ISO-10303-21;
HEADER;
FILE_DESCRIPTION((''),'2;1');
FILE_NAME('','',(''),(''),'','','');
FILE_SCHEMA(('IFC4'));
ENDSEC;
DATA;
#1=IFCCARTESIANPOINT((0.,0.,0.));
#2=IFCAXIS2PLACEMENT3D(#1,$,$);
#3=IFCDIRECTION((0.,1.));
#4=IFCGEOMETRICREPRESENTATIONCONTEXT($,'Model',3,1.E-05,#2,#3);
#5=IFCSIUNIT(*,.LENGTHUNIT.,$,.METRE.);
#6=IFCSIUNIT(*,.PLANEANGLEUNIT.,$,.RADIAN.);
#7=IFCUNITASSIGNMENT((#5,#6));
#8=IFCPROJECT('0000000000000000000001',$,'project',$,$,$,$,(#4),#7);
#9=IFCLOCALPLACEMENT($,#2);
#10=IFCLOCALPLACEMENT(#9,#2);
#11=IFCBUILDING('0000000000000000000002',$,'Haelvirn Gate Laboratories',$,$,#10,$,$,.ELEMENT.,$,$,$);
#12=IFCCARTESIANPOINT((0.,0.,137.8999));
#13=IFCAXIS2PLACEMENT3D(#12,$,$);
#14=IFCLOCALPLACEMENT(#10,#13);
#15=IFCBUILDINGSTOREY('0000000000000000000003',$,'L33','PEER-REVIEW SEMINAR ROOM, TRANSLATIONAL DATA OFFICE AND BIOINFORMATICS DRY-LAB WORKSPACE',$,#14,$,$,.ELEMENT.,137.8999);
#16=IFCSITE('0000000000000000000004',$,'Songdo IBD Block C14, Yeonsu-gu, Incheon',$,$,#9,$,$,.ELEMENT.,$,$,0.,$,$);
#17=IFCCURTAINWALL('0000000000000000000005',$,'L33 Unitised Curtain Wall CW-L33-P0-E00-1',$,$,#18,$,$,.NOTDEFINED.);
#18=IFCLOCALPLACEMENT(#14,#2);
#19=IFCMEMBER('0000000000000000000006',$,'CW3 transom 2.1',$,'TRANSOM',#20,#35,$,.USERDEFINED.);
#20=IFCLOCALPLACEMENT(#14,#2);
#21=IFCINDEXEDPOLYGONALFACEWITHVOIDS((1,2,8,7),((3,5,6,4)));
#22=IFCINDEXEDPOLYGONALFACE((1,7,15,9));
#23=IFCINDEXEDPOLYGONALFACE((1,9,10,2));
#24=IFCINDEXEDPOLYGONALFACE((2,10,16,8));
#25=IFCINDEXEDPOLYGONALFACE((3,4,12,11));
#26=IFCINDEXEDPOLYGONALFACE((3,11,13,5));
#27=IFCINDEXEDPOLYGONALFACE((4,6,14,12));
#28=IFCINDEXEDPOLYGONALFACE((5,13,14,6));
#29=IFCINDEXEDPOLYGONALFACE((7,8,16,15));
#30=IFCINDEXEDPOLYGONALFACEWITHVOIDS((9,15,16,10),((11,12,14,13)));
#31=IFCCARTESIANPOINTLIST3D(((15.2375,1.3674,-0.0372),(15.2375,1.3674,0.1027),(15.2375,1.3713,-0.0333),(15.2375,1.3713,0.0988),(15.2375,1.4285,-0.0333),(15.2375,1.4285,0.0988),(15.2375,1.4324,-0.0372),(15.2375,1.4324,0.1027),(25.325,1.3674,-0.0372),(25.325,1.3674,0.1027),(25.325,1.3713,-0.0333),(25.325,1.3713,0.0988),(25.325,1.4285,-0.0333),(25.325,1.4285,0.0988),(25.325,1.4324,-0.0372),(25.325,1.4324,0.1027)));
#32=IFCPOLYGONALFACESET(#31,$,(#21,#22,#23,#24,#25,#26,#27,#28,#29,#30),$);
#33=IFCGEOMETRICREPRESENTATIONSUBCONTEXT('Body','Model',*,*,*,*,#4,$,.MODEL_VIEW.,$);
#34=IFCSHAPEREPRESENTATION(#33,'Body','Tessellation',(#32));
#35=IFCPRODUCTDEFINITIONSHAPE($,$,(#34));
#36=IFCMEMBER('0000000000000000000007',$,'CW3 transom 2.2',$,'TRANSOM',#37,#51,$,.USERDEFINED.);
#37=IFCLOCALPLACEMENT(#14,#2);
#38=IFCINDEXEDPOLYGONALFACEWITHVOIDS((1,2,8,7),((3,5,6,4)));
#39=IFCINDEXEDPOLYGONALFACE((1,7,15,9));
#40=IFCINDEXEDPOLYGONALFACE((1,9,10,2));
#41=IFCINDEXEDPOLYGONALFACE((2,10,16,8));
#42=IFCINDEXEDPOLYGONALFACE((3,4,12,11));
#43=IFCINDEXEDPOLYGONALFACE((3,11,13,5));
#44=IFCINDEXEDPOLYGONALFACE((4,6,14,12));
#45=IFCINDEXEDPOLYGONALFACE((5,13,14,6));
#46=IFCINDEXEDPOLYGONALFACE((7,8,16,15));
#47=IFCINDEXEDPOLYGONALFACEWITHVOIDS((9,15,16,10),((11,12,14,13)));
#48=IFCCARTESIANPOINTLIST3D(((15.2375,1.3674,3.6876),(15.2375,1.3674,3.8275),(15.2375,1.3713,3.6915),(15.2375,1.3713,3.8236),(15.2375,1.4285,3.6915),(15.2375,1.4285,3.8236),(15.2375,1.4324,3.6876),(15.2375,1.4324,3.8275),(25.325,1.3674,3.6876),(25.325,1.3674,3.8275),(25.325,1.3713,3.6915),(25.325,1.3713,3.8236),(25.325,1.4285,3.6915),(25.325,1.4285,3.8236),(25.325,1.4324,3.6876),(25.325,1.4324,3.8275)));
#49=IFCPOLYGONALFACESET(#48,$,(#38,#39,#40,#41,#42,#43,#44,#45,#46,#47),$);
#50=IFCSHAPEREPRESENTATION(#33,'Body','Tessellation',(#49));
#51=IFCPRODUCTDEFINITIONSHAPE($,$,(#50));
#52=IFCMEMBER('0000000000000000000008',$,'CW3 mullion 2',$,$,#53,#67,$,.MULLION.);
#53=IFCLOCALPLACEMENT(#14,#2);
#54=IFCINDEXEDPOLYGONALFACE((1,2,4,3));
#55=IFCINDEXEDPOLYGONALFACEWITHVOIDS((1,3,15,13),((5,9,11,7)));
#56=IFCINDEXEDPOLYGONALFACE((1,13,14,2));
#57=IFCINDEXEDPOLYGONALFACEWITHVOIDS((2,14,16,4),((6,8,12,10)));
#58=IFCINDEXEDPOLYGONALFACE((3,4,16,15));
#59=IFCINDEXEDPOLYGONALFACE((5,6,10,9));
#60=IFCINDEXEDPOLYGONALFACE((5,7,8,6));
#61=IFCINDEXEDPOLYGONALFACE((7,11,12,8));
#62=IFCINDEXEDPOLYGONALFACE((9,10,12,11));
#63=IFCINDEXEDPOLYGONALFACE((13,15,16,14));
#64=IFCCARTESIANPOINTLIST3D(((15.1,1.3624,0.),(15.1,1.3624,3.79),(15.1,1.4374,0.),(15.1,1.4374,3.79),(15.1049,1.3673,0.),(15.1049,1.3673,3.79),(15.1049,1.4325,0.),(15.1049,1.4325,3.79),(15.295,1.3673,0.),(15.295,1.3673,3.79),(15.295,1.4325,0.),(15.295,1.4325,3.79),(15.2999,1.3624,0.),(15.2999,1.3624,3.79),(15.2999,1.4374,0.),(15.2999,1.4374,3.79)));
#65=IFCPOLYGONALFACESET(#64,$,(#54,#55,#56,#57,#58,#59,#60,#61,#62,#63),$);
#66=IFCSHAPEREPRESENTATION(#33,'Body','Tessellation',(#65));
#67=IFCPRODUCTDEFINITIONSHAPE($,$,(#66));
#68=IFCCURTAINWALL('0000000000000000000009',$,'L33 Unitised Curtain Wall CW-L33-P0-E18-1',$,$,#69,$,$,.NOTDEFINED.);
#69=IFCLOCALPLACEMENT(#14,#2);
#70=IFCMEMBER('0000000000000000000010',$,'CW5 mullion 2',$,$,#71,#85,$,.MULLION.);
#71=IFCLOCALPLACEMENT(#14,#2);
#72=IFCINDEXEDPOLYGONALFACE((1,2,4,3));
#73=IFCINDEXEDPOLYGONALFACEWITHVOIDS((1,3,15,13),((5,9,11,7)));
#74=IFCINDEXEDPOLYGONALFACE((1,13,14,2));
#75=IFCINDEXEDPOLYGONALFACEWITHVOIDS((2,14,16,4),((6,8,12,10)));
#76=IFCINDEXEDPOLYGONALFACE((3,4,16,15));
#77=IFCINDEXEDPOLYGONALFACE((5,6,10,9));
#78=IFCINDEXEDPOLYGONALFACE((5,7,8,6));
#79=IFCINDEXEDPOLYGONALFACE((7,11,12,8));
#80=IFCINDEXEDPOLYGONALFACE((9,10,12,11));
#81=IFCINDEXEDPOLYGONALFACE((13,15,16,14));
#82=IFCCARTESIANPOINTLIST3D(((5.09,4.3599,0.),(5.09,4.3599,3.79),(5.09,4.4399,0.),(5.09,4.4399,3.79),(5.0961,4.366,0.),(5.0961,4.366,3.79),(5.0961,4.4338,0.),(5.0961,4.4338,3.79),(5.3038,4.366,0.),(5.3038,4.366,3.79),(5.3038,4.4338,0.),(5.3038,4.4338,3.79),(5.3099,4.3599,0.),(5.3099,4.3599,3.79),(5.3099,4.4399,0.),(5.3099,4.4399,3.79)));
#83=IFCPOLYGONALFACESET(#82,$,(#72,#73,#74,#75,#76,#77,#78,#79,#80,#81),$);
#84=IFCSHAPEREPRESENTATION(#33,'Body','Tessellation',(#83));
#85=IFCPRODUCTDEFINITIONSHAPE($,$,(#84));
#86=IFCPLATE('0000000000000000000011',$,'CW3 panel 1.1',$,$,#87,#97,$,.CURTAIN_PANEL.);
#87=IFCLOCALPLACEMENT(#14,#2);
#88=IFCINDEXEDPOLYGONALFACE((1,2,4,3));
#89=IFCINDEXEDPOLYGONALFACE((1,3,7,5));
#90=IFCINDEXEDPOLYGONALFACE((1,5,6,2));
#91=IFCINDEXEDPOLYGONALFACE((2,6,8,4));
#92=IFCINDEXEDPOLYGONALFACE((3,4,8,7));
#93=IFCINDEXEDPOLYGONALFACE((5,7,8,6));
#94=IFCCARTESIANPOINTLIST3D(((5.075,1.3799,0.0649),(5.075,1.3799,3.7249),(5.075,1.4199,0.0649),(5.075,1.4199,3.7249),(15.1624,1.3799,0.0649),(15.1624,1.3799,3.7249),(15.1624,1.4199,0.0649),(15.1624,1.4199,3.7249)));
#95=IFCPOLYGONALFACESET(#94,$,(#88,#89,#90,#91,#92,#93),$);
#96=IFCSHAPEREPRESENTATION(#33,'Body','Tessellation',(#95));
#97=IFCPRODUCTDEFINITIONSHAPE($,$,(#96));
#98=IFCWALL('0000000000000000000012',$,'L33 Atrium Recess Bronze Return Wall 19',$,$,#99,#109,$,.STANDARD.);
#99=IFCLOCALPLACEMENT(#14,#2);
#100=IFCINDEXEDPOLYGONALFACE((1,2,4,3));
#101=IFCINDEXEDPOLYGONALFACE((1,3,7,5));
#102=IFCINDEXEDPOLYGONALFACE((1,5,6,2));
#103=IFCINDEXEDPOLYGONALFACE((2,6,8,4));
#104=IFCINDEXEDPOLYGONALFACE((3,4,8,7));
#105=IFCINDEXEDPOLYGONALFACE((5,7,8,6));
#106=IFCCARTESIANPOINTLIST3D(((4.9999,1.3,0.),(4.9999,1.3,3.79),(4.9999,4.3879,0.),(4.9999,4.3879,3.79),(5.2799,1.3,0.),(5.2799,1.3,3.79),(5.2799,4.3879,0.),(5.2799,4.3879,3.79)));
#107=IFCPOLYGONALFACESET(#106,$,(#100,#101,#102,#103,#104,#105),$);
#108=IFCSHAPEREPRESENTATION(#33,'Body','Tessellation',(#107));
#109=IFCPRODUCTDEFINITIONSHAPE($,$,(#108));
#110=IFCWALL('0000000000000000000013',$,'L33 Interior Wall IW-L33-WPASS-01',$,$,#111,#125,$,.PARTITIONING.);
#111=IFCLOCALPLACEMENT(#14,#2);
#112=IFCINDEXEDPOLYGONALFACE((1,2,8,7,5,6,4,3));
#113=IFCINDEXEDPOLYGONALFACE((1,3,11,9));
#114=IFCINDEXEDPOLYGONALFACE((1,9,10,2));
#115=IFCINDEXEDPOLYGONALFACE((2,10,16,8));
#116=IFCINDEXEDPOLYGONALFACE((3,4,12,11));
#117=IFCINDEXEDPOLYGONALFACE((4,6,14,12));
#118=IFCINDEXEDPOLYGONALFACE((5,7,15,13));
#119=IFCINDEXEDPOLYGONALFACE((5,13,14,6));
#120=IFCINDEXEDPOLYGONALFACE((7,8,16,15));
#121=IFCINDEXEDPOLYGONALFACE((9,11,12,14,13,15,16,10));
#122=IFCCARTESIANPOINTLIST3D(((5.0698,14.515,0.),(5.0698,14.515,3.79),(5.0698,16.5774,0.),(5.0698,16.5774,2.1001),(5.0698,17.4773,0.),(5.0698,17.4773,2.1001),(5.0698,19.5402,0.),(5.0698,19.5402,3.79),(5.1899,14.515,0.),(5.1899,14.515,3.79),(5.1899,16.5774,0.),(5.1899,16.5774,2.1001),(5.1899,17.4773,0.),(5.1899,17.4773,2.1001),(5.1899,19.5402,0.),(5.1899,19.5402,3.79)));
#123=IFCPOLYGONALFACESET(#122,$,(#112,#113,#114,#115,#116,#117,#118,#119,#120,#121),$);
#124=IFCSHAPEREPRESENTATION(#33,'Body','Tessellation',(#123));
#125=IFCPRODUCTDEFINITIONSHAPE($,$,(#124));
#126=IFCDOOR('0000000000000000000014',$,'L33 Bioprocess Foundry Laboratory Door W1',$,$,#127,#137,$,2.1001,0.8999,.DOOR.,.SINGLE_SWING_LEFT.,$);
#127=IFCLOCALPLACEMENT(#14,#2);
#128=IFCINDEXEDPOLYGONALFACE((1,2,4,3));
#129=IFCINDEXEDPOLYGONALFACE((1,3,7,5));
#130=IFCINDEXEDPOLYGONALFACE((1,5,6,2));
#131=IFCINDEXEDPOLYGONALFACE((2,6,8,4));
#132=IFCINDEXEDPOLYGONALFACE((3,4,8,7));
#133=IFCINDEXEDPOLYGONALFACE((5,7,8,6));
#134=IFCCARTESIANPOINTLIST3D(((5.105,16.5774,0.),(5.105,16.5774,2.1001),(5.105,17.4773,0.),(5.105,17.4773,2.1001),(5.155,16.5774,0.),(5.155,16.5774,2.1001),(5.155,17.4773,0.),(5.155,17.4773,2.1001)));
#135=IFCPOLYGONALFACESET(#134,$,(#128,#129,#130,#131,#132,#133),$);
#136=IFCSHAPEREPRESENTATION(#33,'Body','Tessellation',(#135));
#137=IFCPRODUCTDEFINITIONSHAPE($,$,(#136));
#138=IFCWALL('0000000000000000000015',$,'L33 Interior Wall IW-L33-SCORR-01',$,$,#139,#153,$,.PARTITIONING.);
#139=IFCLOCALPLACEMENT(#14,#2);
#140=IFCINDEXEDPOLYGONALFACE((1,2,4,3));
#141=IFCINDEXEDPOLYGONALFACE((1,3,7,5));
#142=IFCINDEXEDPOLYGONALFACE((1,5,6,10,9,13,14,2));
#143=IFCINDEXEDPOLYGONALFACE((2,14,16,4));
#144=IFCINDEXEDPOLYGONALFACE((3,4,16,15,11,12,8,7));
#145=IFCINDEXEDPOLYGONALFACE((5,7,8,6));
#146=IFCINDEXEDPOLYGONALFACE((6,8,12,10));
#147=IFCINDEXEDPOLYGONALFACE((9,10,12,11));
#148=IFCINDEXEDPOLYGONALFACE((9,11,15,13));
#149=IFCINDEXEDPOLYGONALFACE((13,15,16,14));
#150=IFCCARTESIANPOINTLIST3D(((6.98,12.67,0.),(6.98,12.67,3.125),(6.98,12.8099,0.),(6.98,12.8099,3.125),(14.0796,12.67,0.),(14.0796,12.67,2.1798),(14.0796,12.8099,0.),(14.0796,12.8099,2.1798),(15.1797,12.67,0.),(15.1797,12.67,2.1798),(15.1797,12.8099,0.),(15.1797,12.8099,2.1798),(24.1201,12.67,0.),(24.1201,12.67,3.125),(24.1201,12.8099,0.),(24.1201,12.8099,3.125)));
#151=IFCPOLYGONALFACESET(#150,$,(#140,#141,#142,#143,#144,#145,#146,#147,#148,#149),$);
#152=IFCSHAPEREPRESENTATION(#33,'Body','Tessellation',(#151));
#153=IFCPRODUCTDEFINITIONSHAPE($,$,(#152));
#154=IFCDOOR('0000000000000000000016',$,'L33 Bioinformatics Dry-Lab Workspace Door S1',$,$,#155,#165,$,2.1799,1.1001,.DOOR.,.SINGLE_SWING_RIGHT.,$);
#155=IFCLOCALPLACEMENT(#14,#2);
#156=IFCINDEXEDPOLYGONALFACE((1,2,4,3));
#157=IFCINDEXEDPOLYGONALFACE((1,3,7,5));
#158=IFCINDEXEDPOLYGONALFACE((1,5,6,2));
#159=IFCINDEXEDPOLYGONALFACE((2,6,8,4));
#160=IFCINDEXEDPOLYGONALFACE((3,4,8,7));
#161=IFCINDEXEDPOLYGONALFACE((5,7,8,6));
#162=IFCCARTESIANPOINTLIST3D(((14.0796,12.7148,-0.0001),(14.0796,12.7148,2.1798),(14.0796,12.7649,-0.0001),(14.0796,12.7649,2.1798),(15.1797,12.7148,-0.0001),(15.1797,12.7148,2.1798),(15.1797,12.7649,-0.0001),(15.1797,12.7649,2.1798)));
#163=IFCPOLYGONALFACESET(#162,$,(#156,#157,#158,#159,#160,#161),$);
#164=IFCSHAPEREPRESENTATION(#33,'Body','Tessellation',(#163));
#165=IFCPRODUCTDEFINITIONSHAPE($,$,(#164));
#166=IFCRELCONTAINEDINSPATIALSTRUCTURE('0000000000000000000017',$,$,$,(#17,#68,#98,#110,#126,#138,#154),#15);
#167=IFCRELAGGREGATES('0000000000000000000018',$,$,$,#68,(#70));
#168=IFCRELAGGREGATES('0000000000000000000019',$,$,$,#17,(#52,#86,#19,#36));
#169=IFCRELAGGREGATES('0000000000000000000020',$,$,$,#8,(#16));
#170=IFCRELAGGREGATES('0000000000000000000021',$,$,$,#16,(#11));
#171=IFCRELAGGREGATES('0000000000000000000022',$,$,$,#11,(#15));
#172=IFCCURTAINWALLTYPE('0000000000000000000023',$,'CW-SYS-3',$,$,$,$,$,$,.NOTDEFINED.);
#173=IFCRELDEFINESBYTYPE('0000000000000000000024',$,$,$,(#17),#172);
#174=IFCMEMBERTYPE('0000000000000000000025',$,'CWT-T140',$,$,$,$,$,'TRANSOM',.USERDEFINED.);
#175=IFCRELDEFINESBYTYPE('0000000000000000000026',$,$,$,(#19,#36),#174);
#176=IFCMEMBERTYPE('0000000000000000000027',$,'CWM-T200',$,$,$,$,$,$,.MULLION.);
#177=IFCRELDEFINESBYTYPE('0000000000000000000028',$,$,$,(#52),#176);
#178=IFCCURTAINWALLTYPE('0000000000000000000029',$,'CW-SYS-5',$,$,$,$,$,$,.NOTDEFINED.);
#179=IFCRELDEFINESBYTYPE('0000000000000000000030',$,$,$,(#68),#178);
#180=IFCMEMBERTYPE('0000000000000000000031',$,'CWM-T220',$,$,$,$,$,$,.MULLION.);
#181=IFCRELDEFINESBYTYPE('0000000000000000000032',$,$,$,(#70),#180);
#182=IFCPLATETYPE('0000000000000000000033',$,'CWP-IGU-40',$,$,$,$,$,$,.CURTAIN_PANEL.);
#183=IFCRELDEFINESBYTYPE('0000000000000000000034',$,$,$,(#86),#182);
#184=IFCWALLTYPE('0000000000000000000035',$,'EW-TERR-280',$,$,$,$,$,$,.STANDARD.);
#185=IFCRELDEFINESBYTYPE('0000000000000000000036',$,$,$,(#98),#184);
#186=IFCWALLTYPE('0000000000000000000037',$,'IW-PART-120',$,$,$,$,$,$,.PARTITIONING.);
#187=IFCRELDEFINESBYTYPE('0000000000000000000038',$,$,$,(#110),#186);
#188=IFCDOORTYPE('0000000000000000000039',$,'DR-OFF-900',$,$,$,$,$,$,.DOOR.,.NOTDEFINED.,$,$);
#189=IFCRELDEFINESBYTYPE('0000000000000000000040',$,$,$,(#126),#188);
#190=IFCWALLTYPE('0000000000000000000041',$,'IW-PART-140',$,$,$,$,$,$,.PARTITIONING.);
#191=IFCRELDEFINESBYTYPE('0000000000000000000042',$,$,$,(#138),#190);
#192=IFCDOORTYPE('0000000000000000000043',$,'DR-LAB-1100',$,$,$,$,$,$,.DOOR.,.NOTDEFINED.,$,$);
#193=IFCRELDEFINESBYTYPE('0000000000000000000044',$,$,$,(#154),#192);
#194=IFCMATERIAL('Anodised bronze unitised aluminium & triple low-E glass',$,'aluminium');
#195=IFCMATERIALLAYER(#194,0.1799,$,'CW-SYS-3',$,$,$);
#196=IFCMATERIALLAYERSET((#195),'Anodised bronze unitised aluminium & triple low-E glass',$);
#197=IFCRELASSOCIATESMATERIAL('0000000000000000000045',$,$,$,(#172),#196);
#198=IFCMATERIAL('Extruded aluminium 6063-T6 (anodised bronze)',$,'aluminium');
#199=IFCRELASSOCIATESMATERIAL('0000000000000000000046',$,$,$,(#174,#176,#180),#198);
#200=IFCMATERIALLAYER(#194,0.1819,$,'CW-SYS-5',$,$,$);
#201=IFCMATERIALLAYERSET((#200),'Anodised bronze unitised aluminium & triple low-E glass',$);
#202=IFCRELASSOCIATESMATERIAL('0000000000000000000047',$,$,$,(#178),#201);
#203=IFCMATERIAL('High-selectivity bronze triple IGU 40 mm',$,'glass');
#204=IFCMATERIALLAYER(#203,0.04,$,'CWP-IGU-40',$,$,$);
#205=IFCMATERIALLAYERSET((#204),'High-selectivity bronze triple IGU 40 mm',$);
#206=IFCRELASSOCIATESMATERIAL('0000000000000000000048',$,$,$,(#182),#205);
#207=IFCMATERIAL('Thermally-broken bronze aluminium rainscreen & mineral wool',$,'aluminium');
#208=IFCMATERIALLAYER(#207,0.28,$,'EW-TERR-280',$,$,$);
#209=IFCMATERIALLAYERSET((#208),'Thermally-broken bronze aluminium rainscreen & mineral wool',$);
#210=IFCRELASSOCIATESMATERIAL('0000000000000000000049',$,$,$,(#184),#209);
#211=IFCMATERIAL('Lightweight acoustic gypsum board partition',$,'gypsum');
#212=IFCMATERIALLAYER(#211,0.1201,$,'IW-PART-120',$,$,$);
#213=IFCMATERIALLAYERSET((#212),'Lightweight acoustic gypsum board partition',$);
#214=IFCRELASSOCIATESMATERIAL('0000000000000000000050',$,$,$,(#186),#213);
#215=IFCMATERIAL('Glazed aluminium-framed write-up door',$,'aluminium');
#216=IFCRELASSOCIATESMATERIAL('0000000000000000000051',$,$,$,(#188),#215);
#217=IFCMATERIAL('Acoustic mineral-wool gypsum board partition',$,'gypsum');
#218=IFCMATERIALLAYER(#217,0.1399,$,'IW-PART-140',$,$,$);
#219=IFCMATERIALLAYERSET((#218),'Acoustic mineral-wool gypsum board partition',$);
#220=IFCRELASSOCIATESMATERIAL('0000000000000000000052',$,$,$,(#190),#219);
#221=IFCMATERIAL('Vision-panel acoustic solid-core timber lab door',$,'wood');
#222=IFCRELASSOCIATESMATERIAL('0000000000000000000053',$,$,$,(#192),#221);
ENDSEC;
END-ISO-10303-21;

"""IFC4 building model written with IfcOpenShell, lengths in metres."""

from ifc_helpers import new_model, si_unit, direction, frame, frame_2d, origin, origin_2d, place, context, subcontext, project, spatial, rectangle, hollow_rectangle, extrude, source, transform, mapped, material, layer, layer_set, material_profile, profile_set, type_object, type_shapes, element, fill, aggregate, save


model = new_model("IFC4")

# Units and contexts
model_context = context("Model", 3, precision=1e-05, world=origin(), true_north=direction((0.0, 1.0)))
body_context = subcontext(model_context, "Body", "Model", "MODEL_VIEW")
ifc_project = project(units=[si_unit("LENGTHUNIT", "METRE"), si_unit("PLANEANGLEUNIT", "RADIAN")], contexts=[model_context])

# Site, building, storey
site_placement = place(None, origin())
site = spatial("IfcSite", under=ifc_project, at=site_placement, Name="Songdo IBD Block C14, Yeonsu-gu, Incheon", CompositionType="ELEMENT", RefElevation=0.0)
building_placement = place(site_placement, origin())
building = spatial("IfcBuilding", under=site, at=building_placement, Name="Haelvirn Gate Laboratories", CompositionType="ELEMENT")
storey_placement = place(building_placement, frame((0.0, 0.0, 137.8999)))
storey = spatial("IfcBuildingStorey", under=building, at=storey_placement, Name="L33", Description="PEER-REVIEW SEMINAR ROOM, TRANSLATIONAL DATA OFFICE AND BIOINFORMATICS DRY-LAB WORKSPACE", CompositionType="ELEMENT", Elevation=137.8999)

# Curtain wall, members
ifc_material_1 = material(Name="Anodised bronze unitised aluminium & triple low-E glass", Category="aluminium")
ifc_layer_1 = layer(ifc_material_1, 0.1799, Name="CW-SYS-3")
ifc_layer_set_1 = layer_set([ifc_layer_1], Name="Anodised bronze unitised aluminium & triple low-E glass")
curtain_wall_type_1 = type_object("IfcCurtainWallType", Name="CW-SYS-3", PredefinedType="NOTDEFINED", material=ifc_layer_set_1)
curtain_wall_1_placement = place(storey_placement, origin())
curtain_wall_1 = element("IfcCurtainWall", 1, at=curtain_wall_1_placement, inside=storey, type_object=curtain_wall_type_1, Name="L33 Unitised Curtain Wall CW-L33-P0-E00-1", PredefinedType="NOTDEFINED")
ifc_material_2 = material(Name="Extruded aluminium 6063-T6 (anodised bronze)", Category="aluminium")
ifc_material_profile_1 = material_profile(ifc_material_2, hollow_rectangle(XDim=0.0649, YDim=0.1399, WallThickness=0.0039, at=origin_2d()), Name="CWT-140x65x4")
ifc_profile_set_1 = profile_set([ifc_material_profile_1], Name="Extruded aluminium 6063-T6 (anodised bronze)")
member_type_1 = type_object("IfcMemberType", Name="CWT-T140", ElementType="TRANSOM", PredefinedType="USERDEFINED", material=ifc_profile_set_1)
shared_shape_1 = source(origin(), body_context, "Body", "SweptSolid", [
    extrude(hollow_rectangle(XDim=0.0649, YDim=0.1399, WallThickness=0.0039, at=origin_2d()), origin(), (0.0, 0.0, 1.0), 10.0874),
])
type_shapes(member_type_1, [shared_shape_1])
member_1_placement = place(storey_placement, frame((15.2375, 1.3999, 0.0327), z_axis=(1.0, 0.0, 0.0), x_axis=(0.0, 1.0, 0.0)))
member_1 = element("IfcMember", 2, at=member_1_placement, type_object=member_type_1, Name="CW3 transom 2.1", ObjectType="TRANSOM", PredefinedType="USERDEFINED", context=body_context, shape_type="MappedRepresentation", body=[
    mapped(shared_shape_1, transform((0.0, 0.0, 0.0), scale=1.0)),
])
member_2_placement = place(storey_placement, frame((15.2375, 1.3999, 3.7576), z_axis=(1.0, 0.0, 0.0), x_axis=(0.0, 1.0, 0.0)))
member_2 = element("IfcMember", 3, at=member_2_placement, type_object=member_type_1, Name="CW3 transom 2.2", ObjectType="TRANSOM", PredefinedType="USERDEFINED", context=body_context, shape_type="MappedRepresentation", body=[
    mapped(shared_shape_1, transform((0.0, 0.0, 0.0), scale=1.0)),
])
ifc_material_profile_2 = material_profile(ifc_material_2, hollow_rectangle(XDim=0.075, YDim=0.2, WallThickness=0.0049, at=origin_2d()), Name="CWM-200x75x5")
ifc_profile_set_2 = profile_set([ifc_material_profile_2], Name="Extruded aluminium 6063-T6 (anodised bronze)")
member_type_2 = type_object("IfcMemberType", Name="CWM-T200", PredefinedType="MULLION", material=ifc_profile_set_2)
shared_shape_2 = source(origin(), body_context, "Body", "SweptSolid", [
    extrude(hollow_rectangle(XDim=0.075, YDim=0.2, WallThickness=0.0049, at=origin_2d()), origin(), (0.0, 0.0, 1.0), 3.79),
])
type_shapes(member_type_2, [shared_shape_2])
member_3_placement = place(storey_placement, frame((15.2, 1.3999, 0.0), z_axis=(0.0, 0.0, 1.0), x_axis=(0.0, 1.0, 0.0)))
member_3 = element("IfcMember", 4, at=member_3_placement, type_object=member_type_2, Name="CW3 mullion 2", PredefinedType="MULLION", context=body_context, shape_type="MappedRepresentation", body=[
    mapped(shared_shape_2, transform((0.0, 0.0, 0.0), scale=1.0)),
])

# Curtain wall, member
ifc_layer_2 = layer(ifc_material_1, 0.1819, Name="CW-SYS-5")
ifc_layer_set_2 = layer_set([ifc_layer_2], Name="Anodised bronze unitised aluminium & triple low-E glass")
curtain_wall_type_2 = type_object("IfcCurtainWallType", Name="CW-SYS-5", PredefinedType="NOTDEFINED", material=ifc_layer_set_2)
curtain_wall_2_placement = place(storey_placement, origin())
curtain_wall_2 = element("IfcCurtainWall", 5, at=curtain_wall_2_placement, inside=storey, type_object=curtain_wall_type_2, Name="L33 Unitised Curtain Wall CW-L33-P0-E18-1", PredefinedType="NOTDEFINED")
ifc_material_profile_3 = material_profile(ifc_material_2, hollow_rectangle(XDim=0.0801, YDim=0.22, WallThickness=0.0061, at=origin_2d()), Name="CWM-220x80x6")
ifc_profile_set_3 = profile_set([ifc_material_profile_3], Name="Extruded aluminium 6063-T6 (anodised bronze)")
member_type_3 = type_object("IfcMemberType", Name="CWM-T220", PredefinedType="MULLION", material=ifc_profile_set_3)
shared_shape_3 = source(origin(), body_context, "Body", "SweptSolid", [
    extrude(hollow_rectangle(XDim=0.0801, YDim=0.22, WallThickness=0.0061, at=origin_2d()), origin(), (0.0, 0.0, 1.0), 3.79),
])
type_shapes(member_type_3, [shared_shape_3])
member_4_placement = place(storey_placement, frame((5.2, 4.3999, 0.0), z_axis=(0.0, 0.0, 1.0), x_axis=(0.0, 1.0, 0.0)))
member_4 = element("IfcMember", 6, at=member_4_placement, type_object=member_type_3, Name="CW5 mullion 2", PredefinedType="MULLION", context=body_context, shape_type="MappedRepresentation", body=[
    mapped(shared_shape_3, transform((0.0, 0.0, 0.0), scale=1.0)),
])
aggregate(curtain_wall_2, [member_4])

# Plate
ifc_material_3 = material(Name="High-selectivity bronze triple IGU 40 mm", Category="glass")
ifc_layer_3 = layer(ifc_material_3, 0.04, Name="CWP-IGU-40")
ifc_layer_set_3 = layer_set([ifc_layer_3], Name="High-selectivity bronze triple IGU 40 mm")
plate_type = type_object("IfcPlateType", Name="CWP-IGU-40", PredefinedType="CURTAIN_PANEL", material=ifc_layer_set_3)
shared_shape_4 = source(origin(), body_context, "Body", "SweptSolid", [
    extrude(rectangle(XDim=10.0874, YDim=0.04, at=origin_2d()), origin(), (0.0, 0.0, 1.0), 3.6599),
])
type_shapes(plate_type, [shared_shape_4])
plate_placement = place(storey_placement, frame((10.1187, 1.3999, 0.0649), z_axis=(0.0, 0.0, 1.0), x_axis=(1.0, 0.0, 0.0)))
plate = element("IfcPlate", 7, at=plate_placement, type_object=plate_type, Name="CW3 panel 1.1", PredefinedType="CURTAIN_PANEL", context=body_context, shape_type="MappedRepresentation", body=[
    mapped(shared_shape_4, transform((0.0, 0.0, 0.0), scale=1.0)),
])
aggregate(curtain_wall_1, [member_3, plate, member_1, member_2])

# Wall
ifc_material_4 = material(Name="Thermally-broken bronze aluminium rainscreen & mineral wool", Category="aluminium")
ifc_layer_4 = layer(ifc_material_4, 0.28, Name="EW-TERR-280")
ifc_layer_set_4 = layer_set([ifc_layer_4], Name="Thermally-broken bronze aluminium rainscreen & mineral wool")
wall_type_1 = type_object("IfcWallType", Name="EW-TERR-280", PredefinedType="STANDARD", material=ifc_layer_set_4)
wall_1_placement = place(storey_placement, frame((5.1399, 4.3879, 0.0), z_axis=(0.0, 0.0, 1.0), x_axis=(0.0, -1.0, 0.0)))
element("IfcWall", 8, at=wall_1_placement, inside=storey, type_object=wall_type_1, Name="L33 Atrium Recess Bronze Return Wall 19", PredefinedType="STANDARD", context=body_context, shape_type="SweptSolid", body=[
    extrude(rectangle(XDim=3.0879, YDim=0.28, at=frame_2d((1.5439, 0.0))), origin(), (0.0, 0.0, 1.0), 3.79),
])

# Walls, openings, doors
ifc_material_5 = material(Name="Lightweight acoustic gypsum board partition", Category="gypsum")
ifc_layer_5 = layer(ifc_material_5, 0.1201, Name="IW-PART-120")
ifc_layer_set_5 = layer_set([ifc_layer_5], Name="Lightweight acoustic gypsum board partition")
wall_type_2 = type_object("IfcWallType", Name="IW-PART-120", PredefinedType="PARTITIONING", material=ifc_layer_set_5)
wall_2_placement = place(storey_placement, frame((5.1299, 14.5149, 0.0), z_axis=(0.0, 0.0, 1.0), x_axis=(0.0, 1.0, 0.0)))
wall_2 = element("IfcWall", 9, at=wall_2_placement, inside=storey, type_object=wall_type_2, Name="L33 Interior Wall IW-L33-WPASS-01", PredefinedType="PARTITIONING", context=body_context, shape_type="SweptSolid", body=[
    extrude(rectangle(XDim=5.0251, YDim=0.1201, at=frame_2d((2.5127, 0.0))), origin(), (0.0, 0.0, 1.0), 3.79),
])
opening_1_placement = place(wall_2_placement, frame((2.0625, 0.0, 0.0)))
opening_1 = element("IfcOpeningElement", 10, at=opening_1_placement, cuts=wall_2, PredefinedType="OPENING", context=body_context, shape_type="SweptSolid", body=[
    extrude(rectangle(XDim=0.8999, YDim=2.1001, at=frame_2d((0.45, 1.05))), frame((0.0, 0.0701, 0.0), z_axis=(0.0, -1.0, 0.0), x_axis=(1.0, 0.0, 0.0)), (0.0, 0.0, 1.0), 0.1401),
])
ifc_material_6 = material(Name="Glazed aluminium-framed write-up door", Category="aluminium")
door_type_1 = type_object("IfcDoorType", Name="DR-OFF-900", OperationType="NOTDEFINED", PredefinedType="DOOR", material=ifc_material_6)
shared_shape_5 = source(origin(), body_context, "Body", "SweptSolid", [
    extrude(rectangle(XDim=0.8999, YDim=2.1001, at=frame_2d((0.45, 1.05))), frame((0.0, 0.0249, 0.0), z_axis=(0.0, -1.0, 0.0), x_axis=(1.0, 0.0, 0.0)), (0.0, 0.0, 1.0), 0.05),
])
type_shapes(door_type_1, [shared_shape_5])
door_1_placement = place(opening_1_placement, origin())
door_1 = element("IfcDoor", 11, at=door_1_placement, inside=storey, type_object=door_type_1, Name="L33 Bioprocess Foundry Laboratory Door W1", OperationType="SINGLE_SWING_LEFT", OverallHeight=2.1001, OverallWidth=0.8999, PredefinedType="DOOR", context=body_context, shape_type="MappedRepresentation", body=[
    mapped(shared_shape_5, transform((0.0, 0.0, 0.0), scale=1.0)),
])
fill(opening_1, door_1)
ifc_material_7 = material(Name="Acoustic mineral-wool gypsum board partition", Category="gypsum")
ifc_layer_6 = layer(ifc_material_7, 0.1399, Name="IW-PART-140")
ifc_layer_set_6 = layer_set([ifc_layer_6], Name="Acoustic mineral-wool gypsum board partition")
wall_type_3 = type_object("IfcWallType", Name="IW-PART-140", PredefinedType="PARTITIONING", material=ifc_layer_set_6)
wall_3_placement = place(storey_placement, frame((6.98, 12.74, 0.0), z_axis=(0.0, 0.0, 1.0), x_axis=(1.0, 0.0, 0.0)))
wall_3 = element("IfcWall", 12, at=wall_3_placement, inside=storey, type_object=wall_type_3, Name="L33 Interior Wall IW-L33-SCORR-01", PredefinedType="PARTITIONING", context=body_context, shape_type="SweptSolid", body=[
    extrude(rectangle(XDim=17.1401, YDim=0.1399, at=frame_2d((8.5701, 0.0))), origin(), (0.0, 0.0, 1.0), 3.125),
])
opening_2_placement = place(wall_3_placement, frame((7.0996, 0.0, 0.0)))
opening_2 = element("IfcOpeningElement", 13, at=opening_2_placement, cuts=wall_3, PredefinedType="OPENING", context=body_context, shape_type="SweptSolid", body=[
    extrude(rectangle(XDim=1.1001, YDim=2.1799, at=frame_2d((0.55, 1.0898))), frame((0.0, 0.0801, 0.0), z_axis=(0.0, -1.0, 0.0), x_axis=(1.0, 0.0, 0.0)), (0.0, 0.0, 1.0), 0.1599),
])
ifc_material_8 = material(Name="Vision-panel acoustic solid-core timber lab door", Category="wood")
door_type_2 = type_object("IfcDoorType", Name="DR-LAB-1100", OperationType="NOTDEFINED", PredefinedType="DOOR", material=ifc_material_8)
shared_shape_6 = source(origin(), body_context, "Body", "SweptSolid", [
    extrude(rectangle(XDim=1.1001, YDim=2.1799, at=frame_2d((0.55, 1.0898))), frame((0.0, 0.0249, 0.0), z_axis=(0.0, -1.0, 0.0), x_axis=(1.0, 0.0, 0.0)), (0.0, 0.0, 1.0), 0.05),
])
type_shapes(door_type_2, [shared_shape_6])
door_2_placement = place(opening_2_placement, origin())
door_2 = element("IfcDoor", 14, at=door_2_placement, inside=storey, type_object=door_type_2, Name="L33 Bioinformatics Dry-Lab Workspace Door S1", OperationType="SINGLE_SWING_RIGHT", OverallHeight=2.1799, OverallWidth=1.1001, PredefinedType="DOOR", context=body_context, shape_type="MappedRepresentation", body=[
    mapped(shared_shape_6, transform((0.0, 0.0, 0.0), scale=1.0)),
])
fill(opening_2, door_2)

save(model, "model.ifc")
